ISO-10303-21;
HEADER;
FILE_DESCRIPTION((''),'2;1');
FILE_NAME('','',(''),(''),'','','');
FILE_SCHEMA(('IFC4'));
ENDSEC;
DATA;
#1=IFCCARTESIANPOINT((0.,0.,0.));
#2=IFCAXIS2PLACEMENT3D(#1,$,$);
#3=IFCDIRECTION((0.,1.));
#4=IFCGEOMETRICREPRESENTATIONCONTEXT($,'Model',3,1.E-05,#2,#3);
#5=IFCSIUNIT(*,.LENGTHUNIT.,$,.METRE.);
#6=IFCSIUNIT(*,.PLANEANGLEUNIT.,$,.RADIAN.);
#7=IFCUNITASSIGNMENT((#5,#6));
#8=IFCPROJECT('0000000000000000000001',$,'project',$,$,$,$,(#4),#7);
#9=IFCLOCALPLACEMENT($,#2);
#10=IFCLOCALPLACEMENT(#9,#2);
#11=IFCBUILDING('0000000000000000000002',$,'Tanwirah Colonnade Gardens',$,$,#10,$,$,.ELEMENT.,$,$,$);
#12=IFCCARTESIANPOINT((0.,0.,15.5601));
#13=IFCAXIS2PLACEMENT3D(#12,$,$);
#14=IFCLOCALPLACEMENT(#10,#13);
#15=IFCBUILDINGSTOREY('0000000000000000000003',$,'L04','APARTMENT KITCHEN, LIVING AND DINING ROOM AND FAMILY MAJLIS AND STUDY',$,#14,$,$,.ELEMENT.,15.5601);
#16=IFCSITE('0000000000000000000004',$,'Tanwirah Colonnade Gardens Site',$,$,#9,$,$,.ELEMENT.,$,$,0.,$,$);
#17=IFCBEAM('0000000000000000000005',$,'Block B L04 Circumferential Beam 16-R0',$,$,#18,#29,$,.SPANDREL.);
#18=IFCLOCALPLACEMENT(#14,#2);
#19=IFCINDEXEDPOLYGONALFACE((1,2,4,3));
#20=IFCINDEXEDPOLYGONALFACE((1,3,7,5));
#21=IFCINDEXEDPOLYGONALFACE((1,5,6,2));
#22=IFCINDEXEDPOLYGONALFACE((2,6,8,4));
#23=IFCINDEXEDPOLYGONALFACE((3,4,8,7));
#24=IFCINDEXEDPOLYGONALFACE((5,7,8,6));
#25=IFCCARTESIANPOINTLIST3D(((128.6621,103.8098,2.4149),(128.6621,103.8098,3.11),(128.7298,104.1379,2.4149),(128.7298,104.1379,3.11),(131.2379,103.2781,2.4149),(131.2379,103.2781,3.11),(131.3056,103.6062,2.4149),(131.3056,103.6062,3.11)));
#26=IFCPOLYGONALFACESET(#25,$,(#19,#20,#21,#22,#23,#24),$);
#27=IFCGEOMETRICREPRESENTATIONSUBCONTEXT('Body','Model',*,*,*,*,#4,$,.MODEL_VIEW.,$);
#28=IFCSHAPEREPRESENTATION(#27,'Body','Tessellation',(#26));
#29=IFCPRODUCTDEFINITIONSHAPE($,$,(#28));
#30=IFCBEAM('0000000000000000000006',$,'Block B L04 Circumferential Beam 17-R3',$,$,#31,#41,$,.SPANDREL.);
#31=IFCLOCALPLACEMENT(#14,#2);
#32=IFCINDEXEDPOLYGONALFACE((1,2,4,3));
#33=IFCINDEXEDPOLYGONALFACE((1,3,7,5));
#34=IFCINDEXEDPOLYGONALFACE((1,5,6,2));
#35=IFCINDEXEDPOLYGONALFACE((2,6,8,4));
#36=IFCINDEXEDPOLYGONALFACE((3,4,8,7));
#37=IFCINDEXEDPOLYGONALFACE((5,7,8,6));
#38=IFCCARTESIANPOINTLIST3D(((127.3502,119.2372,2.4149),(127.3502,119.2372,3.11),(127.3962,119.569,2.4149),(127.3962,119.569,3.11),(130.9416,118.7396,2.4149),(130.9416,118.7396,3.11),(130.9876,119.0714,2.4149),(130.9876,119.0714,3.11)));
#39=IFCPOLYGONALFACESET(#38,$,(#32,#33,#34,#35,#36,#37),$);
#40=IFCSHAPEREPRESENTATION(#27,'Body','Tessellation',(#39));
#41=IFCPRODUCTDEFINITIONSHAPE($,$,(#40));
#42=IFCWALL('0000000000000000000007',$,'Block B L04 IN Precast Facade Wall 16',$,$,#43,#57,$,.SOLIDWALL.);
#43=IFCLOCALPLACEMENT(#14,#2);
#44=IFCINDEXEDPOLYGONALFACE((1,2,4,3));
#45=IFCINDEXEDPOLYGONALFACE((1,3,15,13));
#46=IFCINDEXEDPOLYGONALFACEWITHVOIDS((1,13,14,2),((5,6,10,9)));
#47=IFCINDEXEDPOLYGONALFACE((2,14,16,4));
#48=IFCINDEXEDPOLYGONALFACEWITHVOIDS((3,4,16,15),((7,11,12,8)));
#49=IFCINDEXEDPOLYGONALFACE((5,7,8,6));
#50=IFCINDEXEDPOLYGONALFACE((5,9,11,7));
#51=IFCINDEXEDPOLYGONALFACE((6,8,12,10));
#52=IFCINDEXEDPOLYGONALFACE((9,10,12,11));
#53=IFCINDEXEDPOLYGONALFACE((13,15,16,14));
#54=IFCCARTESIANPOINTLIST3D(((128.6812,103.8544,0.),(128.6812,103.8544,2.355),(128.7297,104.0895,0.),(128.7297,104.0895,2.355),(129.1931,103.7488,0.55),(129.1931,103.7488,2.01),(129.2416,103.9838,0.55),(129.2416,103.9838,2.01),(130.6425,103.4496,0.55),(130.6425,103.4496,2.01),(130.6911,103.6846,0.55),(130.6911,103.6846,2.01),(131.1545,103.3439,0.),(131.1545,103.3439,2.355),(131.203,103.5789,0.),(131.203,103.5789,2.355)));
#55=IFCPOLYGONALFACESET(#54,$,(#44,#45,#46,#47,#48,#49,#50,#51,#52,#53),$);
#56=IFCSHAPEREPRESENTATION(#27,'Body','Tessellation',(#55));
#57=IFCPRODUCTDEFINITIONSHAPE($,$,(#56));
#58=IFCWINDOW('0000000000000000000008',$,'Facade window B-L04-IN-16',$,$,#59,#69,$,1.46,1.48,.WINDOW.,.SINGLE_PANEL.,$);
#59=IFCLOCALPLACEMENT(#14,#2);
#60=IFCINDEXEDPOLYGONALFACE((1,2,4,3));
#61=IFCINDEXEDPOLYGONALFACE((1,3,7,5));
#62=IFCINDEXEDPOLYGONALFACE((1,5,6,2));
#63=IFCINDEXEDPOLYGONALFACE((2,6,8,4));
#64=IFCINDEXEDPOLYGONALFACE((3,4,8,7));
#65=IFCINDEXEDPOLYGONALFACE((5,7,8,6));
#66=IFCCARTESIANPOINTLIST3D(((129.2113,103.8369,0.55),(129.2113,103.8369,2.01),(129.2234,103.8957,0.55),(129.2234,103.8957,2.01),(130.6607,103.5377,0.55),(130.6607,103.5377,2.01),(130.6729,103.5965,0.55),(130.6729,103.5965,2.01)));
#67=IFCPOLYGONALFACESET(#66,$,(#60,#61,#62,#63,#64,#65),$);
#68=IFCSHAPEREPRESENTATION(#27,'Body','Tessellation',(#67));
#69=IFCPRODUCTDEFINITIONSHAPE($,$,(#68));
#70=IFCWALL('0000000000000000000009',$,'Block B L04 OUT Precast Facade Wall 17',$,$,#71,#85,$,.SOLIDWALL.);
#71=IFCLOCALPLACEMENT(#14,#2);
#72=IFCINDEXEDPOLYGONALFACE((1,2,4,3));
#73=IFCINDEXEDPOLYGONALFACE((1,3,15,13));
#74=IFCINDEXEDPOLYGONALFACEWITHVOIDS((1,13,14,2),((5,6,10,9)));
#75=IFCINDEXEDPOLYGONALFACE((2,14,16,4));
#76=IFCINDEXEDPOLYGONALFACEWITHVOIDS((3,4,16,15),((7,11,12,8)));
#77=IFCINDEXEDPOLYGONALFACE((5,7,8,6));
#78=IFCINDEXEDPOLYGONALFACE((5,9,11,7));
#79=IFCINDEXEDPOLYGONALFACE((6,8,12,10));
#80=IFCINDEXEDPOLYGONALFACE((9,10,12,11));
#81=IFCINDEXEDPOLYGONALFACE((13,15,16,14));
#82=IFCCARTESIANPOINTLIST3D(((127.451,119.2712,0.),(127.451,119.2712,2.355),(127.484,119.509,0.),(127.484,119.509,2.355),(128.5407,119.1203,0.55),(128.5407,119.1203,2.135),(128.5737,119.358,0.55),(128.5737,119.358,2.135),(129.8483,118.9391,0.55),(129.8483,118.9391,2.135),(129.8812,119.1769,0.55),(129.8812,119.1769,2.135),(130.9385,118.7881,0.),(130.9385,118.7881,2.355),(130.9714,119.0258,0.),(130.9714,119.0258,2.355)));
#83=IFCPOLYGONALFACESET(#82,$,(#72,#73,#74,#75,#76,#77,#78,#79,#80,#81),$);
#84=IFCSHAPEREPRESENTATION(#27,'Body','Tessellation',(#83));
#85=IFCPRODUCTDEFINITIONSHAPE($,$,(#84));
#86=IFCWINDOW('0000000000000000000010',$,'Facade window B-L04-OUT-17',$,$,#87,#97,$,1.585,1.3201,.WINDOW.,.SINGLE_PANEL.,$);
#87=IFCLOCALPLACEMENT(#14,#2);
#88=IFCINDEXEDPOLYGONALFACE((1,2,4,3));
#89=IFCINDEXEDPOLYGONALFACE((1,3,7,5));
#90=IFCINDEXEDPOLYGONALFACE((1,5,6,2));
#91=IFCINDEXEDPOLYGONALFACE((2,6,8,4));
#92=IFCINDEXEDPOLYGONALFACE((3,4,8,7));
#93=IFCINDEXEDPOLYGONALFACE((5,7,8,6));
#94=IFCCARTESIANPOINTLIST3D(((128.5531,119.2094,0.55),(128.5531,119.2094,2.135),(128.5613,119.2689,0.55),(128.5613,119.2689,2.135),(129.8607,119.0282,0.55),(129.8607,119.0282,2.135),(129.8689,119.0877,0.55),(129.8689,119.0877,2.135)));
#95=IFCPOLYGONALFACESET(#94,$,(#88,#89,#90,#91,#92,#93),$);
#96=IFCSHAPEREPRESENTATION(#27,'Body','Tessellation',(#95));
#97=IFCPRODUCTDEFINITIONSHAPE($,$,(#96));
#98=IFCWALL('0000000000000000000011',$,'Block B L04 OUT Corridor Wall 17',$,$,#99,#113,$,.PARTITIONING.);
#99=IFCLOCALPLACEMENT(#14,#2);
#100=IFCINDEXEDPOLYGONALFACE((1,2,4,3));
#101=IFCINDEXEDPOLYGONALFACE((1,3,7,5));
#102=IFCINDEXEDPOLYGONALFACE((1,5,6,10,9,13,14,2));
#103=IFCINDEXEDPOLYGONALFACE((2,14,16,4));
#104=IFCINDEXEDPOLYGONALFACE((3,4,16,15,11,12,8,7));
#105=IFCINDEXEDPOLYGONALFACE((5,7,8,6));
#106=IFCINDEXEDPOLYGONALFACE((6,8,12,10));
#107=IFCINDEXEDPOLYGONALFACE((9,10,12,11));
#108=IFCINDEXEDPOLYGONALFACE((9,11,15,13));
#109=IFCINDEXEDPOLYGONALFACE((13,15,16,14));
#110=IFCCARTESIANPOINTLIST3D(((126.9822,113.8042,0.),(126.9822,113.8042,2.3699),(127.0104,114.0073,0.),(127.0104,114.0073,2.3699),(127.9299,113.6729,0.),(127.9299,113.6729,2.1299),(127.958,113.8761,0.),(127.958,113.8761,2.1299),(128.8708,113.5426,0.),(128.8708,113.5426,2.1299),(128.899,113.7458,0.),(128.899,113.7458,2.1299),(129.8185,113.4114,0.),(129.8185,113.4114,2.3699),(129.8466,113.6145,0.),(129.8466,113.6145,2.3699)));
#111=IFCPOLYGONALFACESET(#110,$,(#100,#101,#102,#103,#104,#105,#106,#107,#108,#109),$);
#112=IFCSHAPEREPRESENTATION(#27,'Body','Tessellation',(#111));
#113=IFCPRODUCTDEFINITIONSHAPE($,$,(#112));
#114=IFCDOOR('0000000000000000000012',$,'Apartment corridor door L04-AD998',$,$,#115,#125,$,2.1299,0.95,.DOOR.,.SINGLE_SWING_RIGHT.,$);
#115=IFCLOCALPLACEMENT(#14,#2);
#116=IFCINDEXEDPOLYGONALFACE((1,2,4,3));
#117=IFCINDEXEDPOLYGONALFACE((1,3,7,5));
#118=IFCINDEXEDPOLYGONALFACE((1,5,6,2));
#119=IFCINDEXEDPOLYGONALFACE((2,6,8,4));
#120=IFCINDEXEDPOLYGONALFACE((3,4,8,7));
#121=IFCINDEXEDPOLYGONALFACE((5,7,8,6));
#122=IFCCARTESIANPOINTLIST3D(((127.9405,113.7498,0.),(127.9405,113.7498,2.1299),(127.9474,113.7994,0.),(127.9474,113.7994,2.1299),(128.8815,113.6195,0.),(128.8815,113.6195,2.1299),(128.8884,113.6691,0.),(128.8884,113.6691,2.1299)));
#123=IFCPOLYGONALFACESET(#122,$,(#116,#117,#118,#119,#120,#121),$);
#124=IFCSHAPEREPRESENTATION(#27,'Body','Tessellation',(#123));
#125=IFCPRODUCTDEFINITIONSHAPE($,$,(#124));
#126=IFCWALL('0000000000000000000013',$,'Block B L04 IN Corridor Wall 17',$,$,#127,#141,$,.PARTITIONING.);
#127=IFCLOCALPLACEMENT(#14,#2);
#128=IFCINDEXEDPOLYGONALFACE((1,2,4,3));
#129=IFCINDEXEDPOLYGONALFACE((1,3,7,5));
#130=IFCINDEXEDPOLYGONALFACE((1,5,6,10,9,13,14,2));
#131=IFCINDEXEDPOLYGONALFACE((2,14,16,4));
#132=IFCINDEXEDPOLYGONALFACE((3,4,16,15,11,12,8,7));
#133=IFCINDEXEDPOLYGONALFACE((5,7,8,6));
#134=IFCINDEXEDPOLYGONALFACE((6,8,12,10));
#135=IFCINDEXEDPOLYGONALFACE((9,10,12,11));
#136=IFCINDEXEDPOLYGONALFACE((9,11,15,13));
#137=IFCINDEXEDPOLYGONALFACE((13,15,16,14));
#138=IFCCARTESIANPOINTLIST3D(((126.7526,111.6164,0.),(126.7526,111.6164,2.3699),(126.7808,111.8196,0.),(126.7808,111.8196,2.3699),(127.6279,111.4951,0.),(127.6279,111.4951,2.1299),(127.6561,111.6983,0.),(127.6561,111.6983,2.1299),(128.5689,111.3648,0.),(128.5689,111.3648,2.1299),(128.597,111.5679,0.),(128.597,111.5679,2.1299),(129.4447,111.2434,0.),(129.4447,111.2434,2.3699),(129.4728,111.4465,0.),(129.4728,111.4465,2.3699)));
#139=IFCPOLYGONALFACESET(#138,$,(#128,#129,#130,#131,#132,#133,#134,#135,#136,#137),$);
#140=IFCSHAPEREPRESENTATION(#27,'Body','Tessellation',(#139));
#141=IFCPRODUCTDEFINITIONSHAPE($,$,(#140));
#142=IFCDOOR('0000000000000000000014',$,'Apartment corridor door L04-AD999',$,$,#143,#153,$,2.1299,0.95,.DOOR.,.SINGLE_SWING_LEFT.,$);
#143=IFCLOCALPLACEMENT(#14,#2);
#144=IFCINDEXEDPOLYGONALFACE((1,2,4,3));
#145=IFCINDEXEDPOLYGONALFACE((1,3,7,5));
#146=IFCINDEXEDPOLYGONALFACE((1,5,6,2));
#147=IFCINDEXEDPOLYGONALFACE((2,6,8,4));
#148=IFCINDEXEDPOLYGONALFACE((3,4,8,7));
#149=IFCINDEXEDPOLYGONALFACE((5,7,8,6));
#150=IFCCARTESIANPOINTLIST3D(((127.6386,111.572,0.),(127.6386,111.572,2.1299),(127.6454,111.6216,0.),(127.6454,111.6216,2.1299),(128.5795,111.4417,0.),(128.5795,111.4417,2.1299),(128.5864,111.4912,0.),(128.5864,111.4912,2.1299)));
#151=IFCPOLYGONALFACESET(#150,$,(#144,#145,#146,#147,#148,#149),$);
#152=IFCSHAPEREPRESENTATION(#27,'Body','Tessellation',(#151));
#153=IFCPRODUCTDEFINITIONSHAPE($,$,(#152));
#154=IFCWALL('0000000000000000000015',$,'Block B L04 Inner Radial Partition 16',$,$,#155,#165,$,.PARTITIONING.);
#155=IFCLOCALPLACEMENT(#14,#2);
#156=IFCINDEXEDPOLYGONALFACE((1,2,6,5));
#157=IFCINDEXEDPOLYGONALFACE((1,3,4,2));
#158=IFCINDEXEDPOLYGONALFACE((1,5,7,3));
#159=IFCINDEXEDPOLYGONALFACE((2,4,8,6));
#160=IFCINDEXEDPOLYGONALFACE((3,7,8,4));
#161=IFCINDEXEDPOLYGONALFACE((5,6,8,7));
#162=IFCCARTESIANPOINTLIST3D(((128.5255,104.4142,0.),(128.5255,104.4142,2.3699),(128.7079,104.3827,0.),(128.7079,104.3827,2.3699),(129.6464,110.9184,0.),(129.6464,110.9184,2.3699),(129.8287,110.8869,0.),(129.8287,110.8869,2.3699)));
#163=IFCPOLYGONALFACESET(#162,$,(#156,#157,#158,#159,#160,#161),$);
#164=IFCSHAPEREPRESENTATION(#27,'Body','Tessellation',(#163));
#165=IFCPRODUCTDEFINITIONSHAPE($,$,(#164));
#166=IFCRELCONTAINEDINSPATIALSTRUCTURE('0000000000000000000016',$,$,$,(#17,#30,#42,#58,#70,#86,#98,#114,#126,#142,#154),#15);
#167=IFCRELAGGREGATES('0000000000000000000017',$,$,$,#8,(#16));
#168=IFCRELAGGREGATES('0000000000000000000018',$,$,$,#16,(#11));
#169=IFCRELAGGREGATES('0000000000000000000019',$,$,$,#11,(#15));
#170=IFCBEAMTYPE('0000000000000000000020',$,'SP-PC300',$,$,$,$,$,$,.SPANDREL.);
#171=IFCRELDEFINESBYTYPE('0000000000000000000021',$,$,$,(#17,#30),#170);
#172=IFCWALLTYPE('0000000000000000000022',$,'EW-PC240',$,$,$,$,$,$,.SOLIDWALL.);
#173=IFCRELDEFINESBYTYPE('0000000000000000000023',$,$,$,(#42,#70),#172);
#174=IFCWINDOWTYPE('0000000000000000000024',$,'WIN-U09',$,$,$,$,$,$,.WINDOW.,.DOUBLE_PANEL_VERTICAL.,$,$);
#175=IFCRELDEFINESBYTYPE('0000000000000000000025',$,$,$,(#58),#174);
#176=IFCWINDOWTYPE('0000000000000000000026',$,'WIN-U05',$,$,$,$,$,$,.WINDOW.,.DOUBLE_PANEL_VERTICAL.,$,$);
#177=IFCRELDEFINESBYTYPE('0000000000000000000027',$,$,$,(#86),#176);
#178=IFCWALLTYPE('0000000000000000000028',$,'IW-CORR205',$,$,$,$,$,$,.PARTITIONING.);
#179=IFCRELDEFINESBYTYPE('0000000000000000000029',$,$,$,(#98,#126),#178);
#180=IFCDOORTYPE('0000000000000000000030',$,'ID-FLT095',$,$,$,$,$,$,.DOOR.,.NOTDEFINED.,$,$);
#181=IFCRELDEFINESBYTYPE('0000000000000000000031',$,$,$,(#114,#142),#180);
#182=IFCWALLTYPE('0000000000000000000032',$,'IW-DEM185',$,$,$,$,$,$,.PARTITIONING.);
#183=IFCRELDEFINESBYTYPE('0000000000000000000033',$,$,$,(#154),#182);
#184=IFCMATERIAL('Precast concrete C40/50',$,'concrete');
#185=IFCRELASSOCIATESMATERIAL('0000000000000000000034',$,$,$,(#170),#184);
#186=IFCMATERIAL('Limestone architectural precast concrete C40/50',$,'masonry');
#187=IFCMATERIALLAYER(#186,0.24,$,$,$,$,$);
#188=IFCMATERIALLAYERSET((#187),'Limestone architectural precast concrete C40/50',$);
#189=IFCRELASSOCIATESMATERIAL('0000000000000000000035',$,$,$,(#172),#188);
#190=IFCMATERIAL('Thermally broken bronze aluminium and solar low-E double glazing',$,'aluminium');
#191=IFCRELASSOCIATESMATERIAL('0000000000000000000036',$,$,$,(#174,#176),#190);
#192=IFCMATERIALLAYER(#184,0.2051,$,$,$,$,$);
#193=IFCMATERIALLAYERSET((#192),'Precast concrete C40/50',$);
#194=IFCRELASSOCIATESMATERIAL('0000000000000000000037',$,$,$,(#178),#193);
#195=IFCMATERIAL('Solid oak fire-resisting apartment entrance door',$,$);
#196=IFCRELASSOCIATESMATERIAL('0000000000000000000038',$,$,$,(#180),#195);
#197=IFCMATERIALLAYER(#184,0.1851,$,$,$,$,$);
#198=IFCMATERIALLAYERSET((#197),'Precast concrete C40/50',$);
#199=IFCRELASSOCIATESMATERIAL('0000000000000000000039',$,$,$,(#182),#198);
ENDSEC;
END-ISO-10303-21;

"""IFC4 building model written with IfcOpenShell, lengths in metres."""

from ifc_helpers import new_model, si_unit, direction, frame, frame_2d, origin, origin_2d, place, context, subcontext, project, spatial, rectangle, extrude, material, layer, layer_set, material_profile, profile_set, type_object, element, fill, save


model = new_model("IFC4")

# Units and contexts
model_context = context("Model", 3, precision=1e-05, world=origin(), true_north=direction((0.0, 1.0)))
body_context = subcontext(model_context, "Body", "Model", "MODEL_VIEW")
ifc_project = project(units=[si_unit("LENGTHUNIT", "METRE"), si_unit("PLANEANGLEUNIT", "RADIAN")], contexts=[model_context])

# Site, building, storey
site_placement = place(None, origin())
site = spatial("IfcSite", under=ifc_project, at=site_placement, Name="Tanwirah Colonnade Gardens Site", CompositionType="ELEMENT", RefElevation=0.0)
building_placement = place(site_placement, origin())
building = spatial("IfcBuilding", under=site, at=building_placement, Name="Tanwirah Colonnade Gardens", CompositionType="ELEMENT")
storey_placement = place(building_placement, frame((0.0, 0.0, 15.5601)))
storey = spatial("IfcBuildingStorey", under=building, at=storey_placement, Name="L04", Description="APARTMENT KITCHEN, LIVING AND DINING ROOM AND FAMILY MAJLIS AND STUDY", CompositionType="ELEMENT", Elevation=15.5601)

# Shared definitions
ifc_material_1 = material(Name="Precast concrete C40/50", Category="concrete")

# Beams
ifc_material_profile_1 = material_profile(ifc_material_1, rectangle(XDim=0.335, YDim=0.6951, at=origin_2d()), Name="PC-SP 335x695")
ifc_profile_set_1 = profile_set([ifc_material_profile_1], Name="Precast concrete C40/50")
beam_type_1 = type_object("IfcBeamType", Name="SP-PC300", PredefinedType="SPANDREL", material=ifc_profile_set_1)
beam_1_placement = place(storey_placement, frame((131.2717, 103.4421, 2.7625), z_axis=(-0.979352, 0.202164, 0.0), x_axis=(-0.202164, -0.979352, 0.0)))
element("IfcBeam", 1, at=beam_1_placement, inside=storey, type_object=beam_type_1, Name="Block B L04 Circumferential Beam 16-R0", PredefinedType="SPANDREL", context=body_context, shape_type="SweptSolid", body=[
    extrude(rectangle(XDim=0.335, YDim=0.6951, at=origin_2d()), origin(), (0.0, 0.0, 1.0), 2.6301),
])
beam_2_placement = place(storey_placement, frame((130.9646, 118.9055, 2.7625), z_axis=(-0.990539, 0.137234, 0.0), x_axis=(-0.137234, -0.990539, 0.0)))
element("IfcBeam", 2, at=beam_2_placement, inside=storey, type_object=beam_type_1, Name="Block B L04 Circumferential Beam 17-R3", PredefinedType="SPANDREL", context=body_context, shape_type="SweptSolid", body=[
    extrude(rectangle(XDim=0.335, YDim=0.6951, at=origin_2d()), origin(), (0.0, 0.0, 1.0), 3.6257),
])

# Walls, openings, windows
ifc_material_2 = material(Name="Limestone architectural precast concrete C40/50", Category="masonry")
ifc_layer_1 = layer(ifc_material_2, 0.24)
ifc_layer_set_1 = layer_set([ifc_layer_1], Name="Limestone architectural precast concrete C40/50")
wall_type_1 = type_object("IfcWallType", Name="EW-PC240", PredefinedType="SOLIDWALL", material=ifc_layer_set_1)
wall_1_placement = place(storey_placement, frame((131.1787, 103.4614, 0.0), z_axis=(0.0, 0.0, 1.0), x_axis=(-0.979354, 0.202155, 0.0)))
wall_1 = element("IfcWall", 3, at=wall_1_placement, inside=storey, type_object=wall_type_1, Name="Block B L04 IN Precast Facade Wall 16", PredefinedType="SOLIDWALL", context=body_context, shape_type="SweptSolid", body=[
    extrude(rectangle(XDim=2.5254, YDim=0.24, at=frame_2d((1.2627, 0.0))), origin(), (0.0, 0.0, 1.0), 2.355),
])
opening_1_placement = place(wall_1_placement, frame((0.5227, 0.0, 0.55)))
opening_1 = element("IfcOpeningElement", 4, at=opening_1_placement, cuts=wall_1, PredefinedType="OPENING", context=body_context, shape_type="SweptSolid", body=[
    extrude(rectangle(XDim=1.48, YDim=1.46, at=frame_2d((0.74, 0.73))), frame((0.0, 0.1299, 0.0), z_axis=(0.0, -1.0, 0.0), x_axis=(1.0, 0.0, 0.0)), (0.0, 0.0, 1.0), 0.26),
])
ifc_material_3 = material(Name="Thermally broken bronze aluminium and solar low-E double glazing", Category="aluminium")
window_type_1 = type_object("IfcWindowType", Name="WIN-U09", PartitioningType="DOUBLE_PANEL_VERTICAL", PredefinedType="WINDOW", material=ifc_material_3)
window_1_placement = place(opening_1_placement, origin())
window_1 = element("IfcWindow", 5, at=window_1_placement, inside=storey, type_object=window_type_1, Name="Facade window B-L04-IN-16", OverallHeight=1.46, OverallWidth=1.48, PartitioningType="SINGLE_PANEL", PredefinedType="WINDOW", context=body_context, shape_type="SweptSolid", body=[
    extrude(rectangle(XDim=1.48, YDim=1.46, at=frame_2d((0.74, 0.73))), frame((0.0, 0.03, 0.0), z_axis=(0.0, -1.0, 0.0), x_axis=(1.0, 0.0, 0.0)), (0.0, 0.0, 1.0), 0.0601),
])
fill(opening_1, window_1)
wall_2_placement = place(storey_placement, frame((130.9548, 118.907, 0.0), z_axis=(0.0, 0.0, 1.0), x_axis=(-0.99054, 0.137226, 0.0)))
wall_2 = element("IfcWall", 6, at=wall_2_placement, inside=storey, type_object=wall_type_1, Name="Block B L04 OUT Precast Facade Wall 17", PredefinedType="SOLIDWALL", context=body_context, shape_type="SweptSolid", body=[
    extrude(rectangle(XDim=3.5208, YDim=0.24, at=frame_2d((1.7603, 0.0))), origin(), (0.0, 0.0, 1.0), 2.355),
])
opening_2_placement = place(wall_2_placement, frame((1.1003, 0.0, 0.55)))
opening_2 = element("IfcOpeningElement", 7, at=opening_2_placement, cuts=wall_2, PredefinedType="OPENING", context=body_context, shape_type="SweptSolid", body=[
    extrude(rectangle(XDim=1.3201, YDim=1.585, at=frame_2d((0.6602, 0.7925))), frame((0.0, 0.1299, 0.0), z_axis=(0.0, -1.0, 0.0), x_axis=(1.0, 0.0, 0.0)), (0.0, 0.0, 1.0), 0.26),
])
window_type_2 = type_object("IfcWindowType", Name="WIN-U05", PartitioningType="DOUBLE_PANEL_VERTICAL", PredefinedType="WINDOW", material=ifc_material_3)
window_2_placement = place(opening_2_placement, origin())
window_2 = element("IfcWindow", 8, at=window_2_placement, inside=storey, type_object=window_type_2, Name="Facade window B-L04-OUT-17", OverallHeight=1.585, OverallWidth=1.3201, PartitioningType="SINGLE_PANEL", PredefinedType="WINDOW", context=body_context, shape_type="SweptSolid", body=[
    extrude(rectangle(XDim=1.3201, YDim=1.585, at=frame_2d((0.6602, 0.7925))), frame((0.0, 0.03, 0.0), z_axis=(0.0, -1.0, 0.0), x_axis=(1.0, 0.0, 0.0)), (0.0, 0.0, 1.0), 0.0601),
])
fill(opening_2, window_2)

# Walls, openings, doors
ifc_layer_2 = layer(ifc_material_1, 0.2051)
ifc_layer_set_2 = layer_set([ifc_layer_2], Name="Precast concrete C40/50")
wall_type_2 = type_object("IfcWallType", Name="IW-CORR205", PredefinedType="PARTITIONING", material=ifc_layer_set_2)
ifc_material_4 = material(Name="Solid oak fire-resisting apartment entrance door")
wall_3_placement = place(storey_placement, frame((129.8325, 113.5129, 0.0), z_axis=(0.0, 0.0, 1.0), x_axis=(-0.990544, 0.137194, 0.0)))
wall_3 = element("IfcWall", 9, at=wall_3_placement, inside=storey, type_object=wall_type_2, Name="Block B L04 OUT Corridor Wall 17", PredefinedType="PARTITIONING", context=body_context, shape_type="SweptSolid", body=[
    extrude(rectangle(XDim=2.8633, YDim=0.2051, at=frame_2d((1.4316, 0.0))), origin(), (0.0, 0.0, 1.0), 2.3699),
])
opening_3_placement = place(wall_3_placement, frame((0.9565, 0.0, 0.0)))
opening_3 = element("IfcOpeningElement", 10, at=opening_3_placement, cuts=wall_3, PredefinedType="OPENING", context=body_context, shape_type="SweptSolid", body=[
    extrude(rectangle(XDim=0.95, YDim=2.1299, at=frame_2d((0.4751, 1.0649))), frame((0.0, 0.1125, 0.0), z_axis=(0.0, -1.0, 0.0), x_axis=(1.0, 0.0, 0.0)), (0.0, 0.0, 1.0), 0.2251),
])
door_type_1 = type_object("IfcDoorType", Name="ID-FLT095", OperationType="NOTDEFINED", PredefinedType="DOOR", material=ifc_material_4)
door_1_placement = place(opening_3_placement, origin())
door_1 = element("IfcDoor", 11, at=door_1_placement, inside=storey, type_object=door_type_1, Name="Apartment corridor door L04-AD998", OperationType="SINGLE_SWING_RIGHT", OverallHeight=2.1299, OverallWidth=0.95, PredefinedType="DOOR", context=body_context, shape_type="SweptSolid", body=[
    extrude(rectangle(XDim=0.95, YDim=2.1299, at=frame_2d((0.4751, 1.0649))), frame((0.0, 0.0249, 0.0), z_axis=(0.0, -1.0, 0.0), x_axis=(1.0, 0.0, 0.0)), (0.0, 0.0, 1.0), 0.05),
])
fill(opening_3, door_1)
wall_4_placement = place(storey_placement, frame((129.4587, 111.345, 0.0), z_axis=(0.0, 0.0, 1.0), x_axis=(-0.990535, 0.137257, 0.0)))
wall_4 = element("IfcWall", 12, at=wall_4_placement, inside=storey, type_object=wall_type_2, Name="Block B L04 IN Corridor Wall 17", PredefinedType="PARTITIONING", context=body_context, shape_type="SweptSolid", body=[
    extrude(rectangle(XDim=2.7178, YDim=0.2051, at=frame_2d((1.3589, 0.0))), origin(), (0.0, 0.0, 1.0), 2.3699),
])
opening_4_placement = place(wall_4_placement, frame((0.884, 0.0, 0.0)))
opening_4 = element("IfcOpeningElement", 13, at=opening_4_placement, cuts=wall_4, PredefinedType="OPENING", context=body_context, shape_type="SweptSolid", body=[
    extrude(rectangle(XDim=0.95, YDim=2.1299, at=frame_2d((0.4751, 1.0649))), frame((0.0, 0.1125, 0.0), z_axis=(0.0, -1.0, 0.0), x_axis=(1.0, 0.0, 0.0)), (0.0, 0.0, 1.0), 0.2251),
])
door_2_placement = place(opening_4_placement, origin())
door_2 = element("IfcDoor", 14, at=door_2_placement, inside=storey, type_object=door_type_1, Name="Apartment corridor door L04-AD999", OperationType="SINGLE_SWING_LEFT", OverallHeight=2.1299, OverallWidth=0.95, PredefinedType="DOOR", context=body_context, shape_type="SweptSolid", body=[
    extrude(rectangle(XDim=0.95, YDim=2.1299, at=frame_2d((0.4751, 1.0649))), frame((0.0, 0.0249, 0.0), z_axis=(0.0, -1.0, 0.0), x_axis=(1.0, 0.0, 0.0)), (0.0, 0.0, 1.0), 0.05),
])
fill(opening_4, door_2)

# Wall
ifc_layer_3 = layer(ifc_material_1, 0.1851)
ifc_layer_set_3 = layer_set([ifc_layer_3], Name="Precast concrete C40/50")
wall_type_3 = type_object("IfcWallType", Name="IW-DEM185", PredefinedType="PARTITIONING", material=ifc_layer_set_3)
wall_5_placement = place(storey_placement, frame((128.6167, 104.3984, 0.0), z_axis=(0.0, 0.0, 1.0), x_axis=(0.169825, 0.985474, 0.0)))
element("IfcWall", 15, at=wall_5_placement, inside=storey, type_object=wall_type_3, Name="Block B L04 Inner Radial Partition 16", PredefinedType="PARTITIONING", context=body_context, shape_type="SweptSolid", body=[
    extrude(rectangle(XDim=6.6001, YDim=0.1851, at=frame_2d((3.3, 0.0))), origin(), (0.0, 0.0, 1.0), 2.3699),
])

save(model, "model.ifc")
